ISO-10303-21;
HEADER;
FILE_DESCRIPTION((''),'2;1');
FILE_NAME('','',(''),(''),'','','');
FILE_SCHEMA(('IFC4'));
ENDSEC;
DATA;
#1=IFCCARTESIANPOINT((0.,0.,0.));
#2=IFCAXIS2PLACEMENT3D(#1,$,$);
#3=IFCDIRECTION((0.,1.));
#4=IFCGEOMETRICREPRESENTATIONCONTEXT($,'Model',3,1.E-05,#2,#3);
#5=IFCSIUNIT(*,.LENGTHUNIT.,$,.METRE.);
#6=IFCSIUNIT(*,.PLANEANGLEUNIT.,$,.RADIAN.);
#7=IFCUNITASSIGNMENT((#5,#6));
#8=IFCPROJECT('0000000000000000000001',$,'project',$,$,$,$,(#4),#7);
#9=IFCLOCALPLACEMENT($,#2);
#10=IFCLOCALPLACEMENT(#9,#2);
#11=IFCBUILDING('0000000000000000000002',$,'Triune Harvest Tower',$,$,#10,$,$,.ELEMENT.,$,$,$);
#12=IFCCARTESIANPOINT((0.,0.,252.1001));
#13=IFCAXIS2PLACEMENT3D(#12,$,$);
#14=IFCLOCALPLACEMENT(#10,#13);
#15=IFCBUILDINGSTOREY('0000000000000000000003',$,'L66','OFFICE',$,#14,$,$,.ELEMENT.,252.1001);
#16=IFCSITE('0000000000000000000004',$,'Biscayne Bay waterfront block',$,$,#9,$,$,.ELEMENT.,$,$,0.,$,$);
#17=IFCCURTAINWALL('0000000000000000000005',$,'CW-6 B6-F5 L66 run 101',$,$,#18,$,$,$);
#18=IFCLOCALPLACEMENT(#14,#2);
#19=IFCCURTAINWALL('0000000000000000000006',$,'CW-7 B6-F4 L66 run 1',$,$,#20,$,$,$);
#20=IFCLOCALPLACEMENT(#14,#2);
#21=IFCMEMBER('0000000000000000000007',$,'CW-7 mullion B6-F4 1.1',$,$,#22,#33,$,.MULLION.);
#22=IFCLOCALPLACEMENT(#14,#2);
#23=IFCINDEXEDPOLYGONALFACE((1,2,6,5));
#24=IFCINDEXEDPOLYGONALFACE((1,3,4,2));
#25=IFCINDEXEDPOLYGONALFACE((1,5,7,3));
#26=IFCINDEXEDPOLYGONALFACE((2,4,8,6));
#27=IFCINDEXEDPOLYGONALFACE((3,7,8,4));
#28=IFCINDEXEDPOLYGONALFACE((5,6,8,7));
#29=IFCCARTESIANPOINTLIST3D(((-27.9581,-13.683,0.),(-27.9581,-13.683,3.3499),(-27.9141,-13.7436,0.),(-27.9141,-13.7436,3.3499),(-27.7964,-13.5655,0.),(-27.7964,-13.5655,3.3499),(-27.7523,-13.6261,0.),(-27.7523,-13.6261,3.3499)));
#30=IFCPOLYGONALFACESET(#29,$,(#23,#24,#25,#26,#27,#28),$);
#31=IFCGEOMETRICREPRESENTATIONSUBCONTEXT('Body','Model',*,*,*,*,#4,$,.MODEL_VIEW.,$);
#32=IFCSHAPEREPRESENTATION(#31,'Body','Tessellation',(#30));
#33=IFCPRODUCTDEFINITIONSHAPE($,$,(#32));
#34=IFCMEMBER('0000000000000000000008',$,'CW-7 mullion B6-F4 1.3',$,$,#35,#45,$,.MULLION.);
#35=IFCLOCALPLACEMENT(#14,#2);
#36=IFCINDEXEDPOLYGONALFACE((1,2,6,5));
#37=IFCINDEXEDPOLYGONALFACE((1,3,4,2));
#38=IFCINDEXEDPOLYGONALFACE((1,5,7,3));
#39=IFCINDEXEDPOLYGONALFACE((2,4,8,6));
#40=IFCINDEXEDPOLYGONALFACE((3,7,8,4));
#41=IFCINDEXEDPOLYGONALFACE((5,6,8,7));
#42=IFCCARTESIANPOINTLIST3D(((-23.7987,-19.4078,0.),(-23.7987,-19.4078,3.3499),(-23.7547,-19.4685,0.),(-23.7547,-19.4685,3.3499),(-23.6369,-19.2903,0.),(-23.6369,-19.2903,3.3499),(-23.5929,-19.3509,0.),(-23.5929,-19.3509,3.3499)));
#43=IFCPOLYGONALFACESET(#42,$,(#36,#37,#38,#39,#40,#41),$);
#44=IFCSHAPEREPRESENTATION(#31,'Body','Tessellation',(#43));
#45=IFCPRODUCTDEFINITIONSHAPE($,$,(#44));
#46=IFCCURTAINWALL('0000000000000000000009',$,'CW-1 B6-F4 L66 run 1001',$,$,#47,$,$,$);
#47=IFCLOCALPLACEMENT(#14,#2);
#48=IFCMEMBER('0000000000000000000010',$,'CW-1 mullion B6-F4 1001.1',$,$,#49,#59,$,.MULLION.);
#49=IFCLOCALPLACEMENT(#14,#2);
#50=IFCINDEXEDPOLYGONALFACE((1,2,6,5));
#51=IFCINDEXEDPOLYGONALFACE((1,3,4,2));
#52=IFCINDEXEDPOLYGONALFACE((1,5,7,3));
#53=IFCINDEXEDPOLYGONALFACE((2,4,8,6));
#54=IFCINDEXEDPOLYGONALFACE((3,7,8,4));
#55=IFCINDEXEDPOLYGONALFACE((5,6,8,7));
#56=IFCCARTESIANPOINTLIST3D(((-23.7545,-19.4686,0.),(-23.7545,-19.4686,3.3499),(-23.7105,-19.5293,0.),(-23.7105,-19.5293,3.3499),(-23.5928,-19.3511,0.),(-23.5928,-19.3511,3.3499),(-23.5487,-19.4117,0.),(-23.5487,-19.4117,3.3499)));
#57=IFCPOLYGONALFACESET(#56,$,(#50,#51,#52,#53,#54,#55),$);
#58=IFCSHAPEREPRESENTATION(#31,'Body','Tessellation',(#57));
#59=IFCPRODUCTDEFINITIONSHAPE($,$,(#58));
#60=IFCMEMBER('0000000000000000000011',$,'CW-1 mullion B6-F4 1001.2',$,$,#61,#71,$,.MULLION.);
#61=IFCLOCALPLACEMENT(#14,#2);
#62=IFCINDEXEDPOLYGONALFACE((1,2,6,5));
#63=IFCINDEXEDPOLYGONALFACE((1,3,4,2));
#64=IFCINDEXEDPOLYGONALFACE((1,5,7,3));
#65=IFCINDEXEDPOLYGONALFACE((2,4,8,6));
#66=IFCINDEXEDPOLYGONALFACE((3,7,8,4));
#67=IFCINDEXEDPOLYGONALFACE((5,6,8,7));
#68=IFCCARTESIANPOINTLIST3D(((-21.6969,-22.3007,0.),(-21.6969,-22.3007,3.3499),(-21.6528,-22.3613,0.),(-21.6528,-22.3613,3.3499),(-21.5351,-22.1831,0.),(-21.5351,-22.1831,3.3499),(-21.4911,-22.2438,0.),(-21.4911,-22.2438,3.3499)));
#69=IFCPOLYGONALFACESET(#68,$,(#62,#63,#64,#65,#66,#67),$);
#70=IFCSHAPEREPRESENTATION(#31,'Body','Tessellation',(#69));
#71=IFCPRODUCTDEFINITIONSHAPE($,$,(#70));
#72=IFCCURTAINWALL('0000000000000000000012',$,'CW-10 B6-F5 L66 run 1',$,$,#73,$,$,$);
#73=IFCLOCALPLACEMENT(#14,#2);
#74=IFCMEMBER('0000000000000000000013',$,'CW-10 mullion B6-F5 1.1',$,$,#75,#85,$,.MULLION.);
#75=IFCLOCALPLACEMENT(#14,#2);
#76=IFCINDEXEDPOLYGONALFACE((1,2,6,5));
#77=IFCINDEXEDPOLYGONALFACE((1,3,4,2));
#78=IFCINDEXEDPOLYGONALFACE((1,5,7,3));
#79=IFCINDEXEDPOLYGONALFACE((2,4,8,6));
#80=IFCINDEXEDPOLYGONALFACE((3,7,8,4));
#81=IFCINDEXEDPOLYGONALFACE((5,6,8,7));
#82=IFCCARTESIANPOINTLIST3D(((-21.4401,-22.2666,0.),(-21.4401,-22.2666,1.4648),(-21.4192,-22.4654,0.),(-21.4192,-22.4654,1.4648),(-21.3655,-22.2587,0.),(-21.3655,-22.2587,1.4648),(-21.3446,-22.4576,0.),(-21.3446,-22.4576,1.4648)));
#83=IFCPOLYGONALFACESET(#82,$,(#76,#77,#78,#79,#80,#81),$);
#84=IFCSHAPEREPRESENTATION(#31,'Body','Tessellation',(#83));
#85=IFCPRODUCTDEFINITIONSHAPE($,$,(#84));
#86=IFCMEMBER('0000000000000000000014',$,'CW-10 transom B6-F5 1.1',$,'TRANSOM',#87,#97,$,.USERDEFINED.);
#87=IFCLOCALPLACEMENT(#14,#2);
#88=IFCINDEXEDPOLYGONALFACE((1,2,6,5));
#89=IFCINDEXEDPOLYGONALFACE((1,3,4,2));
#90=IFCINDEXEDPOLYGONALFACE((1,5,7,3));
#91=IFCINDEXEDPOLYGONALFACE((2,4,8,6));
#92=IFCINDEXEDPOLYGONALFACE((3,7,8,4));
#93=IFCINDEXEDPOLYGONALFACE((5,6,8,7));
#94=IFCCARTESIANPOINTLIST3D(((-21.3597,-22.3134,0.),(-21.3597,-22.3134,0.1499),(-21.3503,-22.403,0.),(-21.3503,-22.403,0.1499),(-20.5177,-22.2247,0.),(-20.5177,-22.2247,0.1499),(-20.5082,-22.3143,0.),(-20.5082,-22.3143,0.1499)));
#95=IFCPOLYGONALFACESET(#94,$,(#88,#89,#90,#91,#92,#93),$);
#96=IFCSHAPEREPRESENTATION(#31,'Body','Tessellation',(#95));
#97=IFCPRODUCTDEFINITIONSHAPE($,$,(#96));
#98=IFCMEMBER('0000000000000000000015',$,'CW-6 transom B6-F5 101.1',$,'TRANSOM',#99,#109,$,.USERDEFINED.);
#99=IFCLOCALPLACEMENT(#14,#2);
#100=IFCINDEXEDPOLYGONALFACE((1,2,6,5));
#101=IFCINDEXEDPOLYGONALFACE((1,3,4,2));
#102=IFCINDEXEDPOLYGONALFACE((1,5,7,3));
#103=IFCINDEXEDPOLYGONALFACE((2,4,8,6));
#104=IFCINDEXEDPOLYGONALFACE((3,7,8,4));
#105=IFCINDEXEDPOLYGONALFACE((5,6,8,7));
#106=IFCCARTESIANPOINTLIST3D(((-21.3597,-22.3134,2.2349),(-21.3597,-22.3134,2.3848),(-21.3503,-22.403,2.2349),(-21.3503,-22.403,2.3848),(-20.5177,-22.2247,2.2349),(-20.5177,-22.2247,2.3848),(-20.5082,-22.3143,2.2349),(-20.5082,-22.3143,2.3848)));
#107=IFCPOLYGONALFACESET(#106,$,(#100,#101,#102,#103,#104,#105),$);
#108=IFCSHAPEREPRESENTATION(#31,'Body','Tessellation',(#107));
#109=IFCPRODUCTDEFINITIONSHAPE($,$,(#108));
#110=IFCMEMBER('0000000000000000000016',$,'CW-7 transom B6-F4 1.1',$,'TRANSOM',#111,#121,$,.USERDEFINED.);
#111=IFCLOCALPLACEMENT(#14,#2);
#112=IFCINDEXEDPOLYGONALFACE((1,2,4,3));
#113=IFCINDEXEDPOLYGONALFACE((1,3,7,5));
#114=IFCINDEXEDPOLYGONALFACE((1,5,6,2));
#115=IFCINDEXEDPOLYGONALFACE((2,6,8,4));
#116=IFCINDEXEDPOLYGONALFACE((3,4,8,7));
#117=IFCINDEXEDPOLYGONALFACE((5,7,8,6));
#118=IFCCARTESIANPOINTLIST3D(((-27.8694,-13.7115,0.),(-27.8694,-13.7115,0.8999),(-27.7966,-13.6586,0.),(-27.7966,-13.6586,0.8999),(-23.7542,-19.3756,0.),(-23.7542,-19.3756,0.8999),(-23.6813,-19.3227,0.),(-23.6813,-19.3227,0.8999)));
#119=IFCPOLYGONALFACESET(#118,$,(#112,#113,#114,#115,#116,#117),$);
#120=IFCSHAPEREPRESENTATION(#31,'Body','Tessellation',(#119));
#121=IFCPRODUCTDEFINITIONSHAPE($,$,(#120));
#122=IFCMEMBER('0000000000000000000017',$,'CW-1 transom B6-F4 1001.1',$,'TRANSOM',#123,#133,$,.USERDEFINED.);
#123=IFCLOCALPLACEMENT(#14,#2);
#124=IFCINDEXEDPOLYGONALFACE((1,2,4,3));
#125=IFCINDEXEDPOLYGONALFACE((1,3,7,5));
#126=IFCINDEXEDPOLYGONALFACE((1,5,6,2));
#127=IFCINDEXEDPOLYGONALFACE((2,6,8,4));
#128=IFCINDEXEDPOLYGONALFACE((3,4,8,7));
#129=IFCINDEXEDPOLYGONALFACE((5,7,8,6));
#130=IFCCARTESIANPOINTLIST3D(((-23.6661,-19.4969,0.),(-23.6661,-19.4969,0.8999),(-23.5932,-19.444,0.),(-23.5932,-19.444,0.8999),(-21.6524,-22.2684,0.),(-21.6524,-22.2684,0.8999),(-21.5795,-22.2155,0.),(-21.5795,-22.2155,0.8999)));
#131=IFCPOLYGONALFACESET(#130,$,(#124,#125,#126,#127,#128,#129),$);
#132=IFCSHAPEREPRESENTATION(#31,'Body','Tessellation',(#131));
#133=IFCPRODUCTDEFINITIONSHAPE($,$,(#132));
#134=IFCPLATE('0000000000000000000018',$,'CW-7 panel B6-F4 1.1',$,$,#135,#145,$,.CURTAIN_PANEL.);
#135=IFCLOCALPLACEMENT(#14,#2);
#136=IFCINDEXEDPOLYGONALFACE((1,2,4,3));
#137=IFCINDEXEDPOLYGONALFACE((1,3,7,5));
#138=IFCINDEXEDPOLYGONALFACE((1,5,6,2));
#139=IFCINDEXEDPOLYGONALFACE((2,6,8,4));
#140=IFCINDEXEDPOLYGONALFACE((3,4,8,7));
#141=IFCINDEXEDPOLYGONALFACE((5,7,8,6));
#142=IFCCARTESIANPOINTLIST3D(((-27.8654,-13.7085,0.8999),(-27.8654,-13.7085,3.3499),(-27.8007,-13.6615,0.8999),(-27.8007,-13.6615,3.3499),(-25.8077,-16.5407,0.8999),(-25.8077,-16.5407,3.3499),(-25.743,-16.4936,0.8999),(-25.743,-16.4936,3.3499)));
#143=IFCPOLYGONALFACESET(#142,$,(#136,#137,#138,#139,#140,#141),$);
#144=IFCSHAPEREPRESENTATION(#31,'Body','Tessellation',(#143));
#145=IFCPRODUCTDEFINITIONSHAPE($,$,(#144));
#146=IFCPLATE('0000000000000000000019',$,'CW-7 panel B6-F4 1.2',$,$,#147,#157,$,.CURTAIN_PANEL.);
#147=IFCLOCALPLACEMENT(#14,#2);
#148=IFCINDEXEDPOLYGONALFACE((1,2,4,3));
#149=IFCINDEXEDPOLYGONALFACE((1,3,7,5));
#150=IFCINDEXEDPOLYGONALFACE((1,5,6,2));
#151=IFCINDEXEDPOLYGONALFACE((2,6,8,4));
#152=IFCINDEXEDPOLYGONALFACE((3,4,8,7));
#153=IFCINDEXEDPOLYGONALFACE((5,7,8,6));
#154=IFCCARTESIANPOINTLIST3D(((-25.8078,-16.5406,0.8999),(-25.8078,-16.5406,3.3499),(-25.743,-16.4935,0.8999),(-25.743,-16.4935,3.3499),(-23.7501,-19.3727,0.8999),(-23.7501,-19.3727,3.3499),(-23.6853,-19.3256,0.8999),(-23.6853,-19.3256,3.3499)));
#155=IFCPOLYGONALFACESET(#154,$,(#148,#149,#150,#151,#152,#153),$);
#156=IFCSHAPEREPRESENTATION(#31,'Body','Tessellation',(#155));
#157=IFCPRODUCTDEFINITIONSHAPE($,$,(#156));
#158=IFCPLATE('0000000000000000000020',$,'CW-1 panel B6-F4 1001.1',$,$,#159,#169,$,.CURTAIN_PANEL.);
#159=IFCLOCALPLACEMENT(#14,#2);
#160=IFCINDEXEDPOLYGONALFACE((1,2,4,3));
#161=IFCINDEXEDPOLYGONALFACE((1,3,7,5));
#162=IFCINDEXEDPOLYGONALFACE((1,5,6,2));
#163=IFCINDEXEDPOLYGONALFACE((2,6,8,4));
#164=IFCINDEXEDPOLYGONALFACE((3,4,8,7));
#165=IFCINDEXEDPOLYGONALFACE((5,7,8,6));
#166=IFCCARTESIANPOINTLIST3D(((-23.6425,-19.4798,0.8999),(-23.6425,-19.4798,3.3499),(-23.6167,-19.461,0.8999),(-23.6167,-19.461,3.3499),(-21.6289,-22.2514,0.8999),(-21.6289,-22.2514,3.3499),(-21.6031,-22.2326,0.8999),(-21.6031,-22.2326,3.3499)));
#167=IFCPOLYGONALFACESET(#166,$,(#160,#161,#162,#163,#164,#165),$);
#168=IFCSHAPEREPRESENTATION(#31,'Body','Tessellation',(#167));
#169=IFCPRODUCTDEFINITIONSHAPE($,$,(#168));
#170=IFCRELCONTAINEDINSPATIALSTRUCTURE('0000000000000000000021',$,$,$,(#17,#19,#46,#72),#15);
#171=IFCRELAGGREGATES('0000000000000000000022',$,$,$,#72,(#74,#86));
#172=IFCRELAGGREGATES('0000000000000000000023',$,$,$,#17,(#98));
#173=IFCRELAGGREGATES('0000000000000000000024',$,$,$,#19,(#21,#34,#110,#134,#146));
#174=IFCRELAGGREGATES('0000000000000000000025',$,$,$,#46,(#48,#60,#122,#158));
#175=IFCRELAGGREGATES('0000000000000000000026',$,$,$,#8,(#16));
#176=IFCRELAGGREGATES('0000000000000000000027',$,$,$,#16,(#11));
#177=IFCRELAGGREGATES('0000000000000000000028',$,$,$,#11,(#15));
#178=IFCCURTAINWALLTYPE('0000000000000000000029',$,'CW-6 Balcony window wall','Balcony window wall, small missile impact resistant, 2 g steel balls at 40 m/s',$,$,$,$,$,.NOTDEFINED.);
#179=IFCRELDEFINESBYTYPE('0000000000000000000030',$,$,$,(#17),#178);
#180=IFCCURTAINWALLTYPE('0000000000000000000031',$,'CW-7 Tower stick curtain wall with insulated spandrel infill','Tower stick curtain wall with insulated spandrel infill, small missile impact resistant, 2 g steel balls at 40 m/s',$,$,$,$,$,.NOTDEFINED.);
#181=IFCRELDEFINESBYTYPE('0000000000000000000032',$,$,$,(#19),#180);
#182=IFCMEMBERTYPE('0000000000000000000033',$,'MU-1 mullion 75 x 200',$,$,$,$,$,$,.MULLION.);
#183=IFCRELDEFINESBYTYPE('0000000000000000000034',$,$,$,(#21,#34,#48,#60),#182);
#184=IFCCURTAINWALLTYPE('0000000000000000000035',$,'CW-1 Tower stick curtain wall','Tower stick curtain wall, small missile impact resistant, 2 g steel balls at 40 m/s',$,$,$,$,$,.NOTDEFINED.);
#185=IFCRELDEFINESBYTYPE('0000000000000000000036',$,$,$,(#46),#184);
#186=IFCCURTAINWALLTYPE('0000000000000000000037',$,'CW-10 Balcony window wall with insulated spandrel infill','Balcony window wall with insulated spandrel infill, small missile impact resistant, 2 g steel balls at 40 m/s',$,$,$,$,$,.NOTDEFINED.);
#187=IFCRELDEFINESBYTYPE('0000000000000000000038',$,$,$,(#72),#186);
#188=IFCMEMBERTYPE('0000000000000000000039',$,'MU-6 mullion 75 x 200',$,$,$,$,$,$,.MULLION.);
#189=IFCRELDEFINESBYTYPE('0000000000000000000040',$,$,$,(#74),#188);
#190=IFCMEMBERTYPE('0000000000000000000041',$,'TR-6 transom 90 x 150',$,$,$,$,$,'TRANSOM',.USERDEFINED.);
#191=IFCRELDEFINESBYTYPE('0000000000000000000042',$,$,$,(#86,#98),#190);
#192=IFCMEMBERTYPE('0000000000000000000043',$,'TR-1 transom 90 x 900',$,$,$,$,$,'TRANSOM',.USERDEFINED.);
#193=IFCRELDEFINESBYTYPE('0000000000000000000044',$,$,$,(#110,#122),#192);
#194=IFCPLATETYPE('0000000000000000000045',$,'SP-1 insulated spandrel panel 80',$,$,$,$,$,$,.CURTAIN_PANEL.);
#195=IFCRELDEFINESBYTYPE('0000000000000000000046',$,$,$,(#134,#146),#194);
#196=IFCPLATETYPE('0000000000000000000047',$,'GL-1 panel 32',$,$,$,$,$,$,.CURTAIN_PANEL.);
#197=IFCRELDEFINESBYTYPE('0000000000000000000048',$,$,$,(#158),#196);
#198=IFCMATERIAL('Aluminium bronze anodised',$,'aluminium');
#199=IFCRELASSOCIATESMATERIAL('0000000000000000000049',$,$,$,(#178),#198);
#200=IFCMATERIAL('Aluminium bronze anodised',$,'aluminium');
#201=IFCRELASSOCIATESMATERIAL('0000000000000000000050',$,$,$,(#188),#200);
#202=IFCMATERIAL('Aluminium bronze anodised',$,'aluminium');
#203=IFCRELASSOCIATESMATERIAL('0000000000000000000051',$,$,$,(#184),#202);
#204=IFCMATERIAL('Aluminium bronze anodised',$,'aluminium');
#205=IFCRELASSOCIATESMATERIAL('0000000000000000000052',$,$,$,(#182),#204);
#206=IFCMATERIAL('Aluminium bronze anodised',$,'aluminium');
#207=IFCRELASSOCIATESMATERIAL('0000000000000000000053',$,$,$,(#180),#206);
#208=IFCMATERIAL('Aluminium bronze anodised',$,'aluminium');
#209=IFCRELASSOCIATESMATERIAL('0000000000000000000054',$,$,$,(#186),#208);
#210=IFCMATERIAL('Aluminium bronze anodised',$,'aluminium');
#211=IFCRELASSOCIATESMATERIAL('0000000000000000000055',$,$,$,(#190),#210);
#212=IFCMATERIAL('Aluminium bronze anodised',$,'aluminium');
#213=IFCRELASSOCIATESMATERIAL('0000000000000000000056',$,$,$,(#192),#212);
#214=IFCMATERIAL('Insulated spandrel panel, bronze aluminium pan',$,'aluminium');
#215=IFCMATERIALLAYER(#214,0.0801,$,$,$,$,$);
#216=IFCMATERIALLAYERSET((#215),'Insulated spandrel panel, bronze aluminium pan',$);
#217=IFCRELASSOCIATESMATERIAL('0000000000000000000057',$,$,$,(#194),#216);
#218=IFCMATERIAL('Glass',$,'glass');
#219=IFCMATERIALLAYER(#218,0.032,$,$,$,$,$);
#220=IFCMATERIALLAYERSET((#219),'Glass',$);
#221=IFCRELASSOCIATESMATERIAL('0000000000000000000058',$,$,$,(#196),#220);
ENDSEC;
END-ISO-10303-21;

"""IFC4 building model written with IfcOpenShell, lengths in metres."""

from ifc_helpers import new_model, si_unit, direction, frame, origin, origin_2d, place, context, subcontext, project, spatial, rectangle, extrude, source, transform, mapped, material, layer, layer_set, material_profile, profile_set, type_object, element, aggregate, save


model = new_model("IFC4")

# Units and contexts
model_context = context("Model", 3, precision=1e-05, world=origin(), true_north=direction((0.0, 1.0)))
body_context = subcontext(model_context, "Body", "Model", "MODEL_VIEW")
ifc_project = project(units=[si_unit("LENGTHUNIT", "METRE"), si_unit("PLANEANGLEUNIT", "RADIAN")], contexts=[model_context])

# Site, building, storey
site_placement = place(None, origin())
site = spatial("IfcSite", under=ifc_project, at=site_placement, Name="Biscayne Bay waterfront block", CompositionType="ELEMENT", RefElevation=0.0)
building_placement = place(site_placement, origin())
building = spatial("IfcBuilding", under=site, at=building_placement, Name="Triune Harvest Tower", CompositionType="ELEMENT")
storey_placement = place(building_placement, frame((0.0, 0.0, 252.1001)))
storey = spatial("IfcBuildingStorey", under=building, at=storey_placement, Name="L66", Description="OFFICE", CompositionType="ELEMENT", Elevation=252.1001)

# Curtain wall
ifc_material_1 = material(Name="Aluminium bronze anodised", Category="aluminium")
curtain_wall_type_1 = type_object("IfcCurtainWallType", Name="CW-6 Balcony window wall", Description="Balcony window wall, small missile impact resistant, 2 g steel balls at 40 m/s", PredefinedType="NOTDEFINED", material=ifc_material_1)
curtain_wall_1_placement = place(storey_placement, origin())
curtain_wall_1 = element("IfcCurtainWall", 1, at=curtain_wall_1_placement, inside=storey, type_object=curtain_wall_type_1, Name="CW-6 B6-F5 L66 run 101")
ifc_material_2 = material(Name="Aluminium bronze anodised", Category="aluminium")
ifc_material_profile_1 = material_profile(ifc_material_2, rectangle(XDim=0.2, YDim=0.075, at=origin_2d()), Name="MU-6 mullion 75 x 200")
ifc_profile_set_1 = profile_set([ifc_material_profile_1], Name="Aluminium bronze anodised")
member_type_1 = type_object("IfcMemberType", Name="MU-6 mullion 75 x 200", PredefinedType="MULLION", material=ifc_profile_set_1)
ifc_material_3 = material(Name="Aluminium bronze anodised", Category="aluminium")
curtain_wall_type_2 = type_object("IfcCurtainWallType", Name="CW-1 Tower stick curtain wall", Description="Tower stick curtain wall, small missile impact resistant, 2 g steel balls at 40 m/s", PredefinedType="NOTDEFINED", material=ifc_material_3)
ifc_material_4 = material(Name="Aluminium bronze anodised", Category="aluminium")
ifc_material_profile_2 = material_profile(ifc_material_4, rectangle(XDim=0.2, YDim=0.075, at=origin_2d()), Name="MU-1 mullion 75 x 200")
ifc_profile_set_2 = profile_set([ifc_material_profile_2], Name="Aluminium bronze anodised")
member_type_2 = type_object("IfcMemberType", Name="MU-1 mullion 75 x 200", PredefinedType="MULLION", material=ifc_profile_set_2)
ifc_material_5 = material(Name="Aluminium bronze anodised", Category="aluminium")
curtain_wall_type_3 = type_object("IfcCurtainWallType", Name="CW-7 Tower stick curtain wall with insulated spandrel infill", Description="Tower stick curtain wall with insulated spandrel infill, small missile impact resistant, 2 g steel balls at 40 m/s", PredefinedType="NOTDEFINED", material=ifc_material_5)

# Curtain walls, members
curtain_wall_2_placement = place(storey_placement, origin())
curtain_wall_2 = element("IfcCurtainWall", 2, at=curtain_wall_2_placement, inside=storey, type_object=curtain_wall_type_3, Name="CW-7 B6-F4 L66 run 1")
shared_shape_1 = source(origin(), body_context, "Body", "SweptSolid", [
    extrude(rectangle(XDim=0.2, YDim=0.075, at=origin_2d()), origin(), (0.0, 0.0, 1.0), 3.3499),
])
member_1_placement = place(storey_placement, frame((-27.8552, -13.6545, 0.0), z_axis=(0.0, 0.0, 1.0), x_axis=(0.809011, 0.587794, 0.0)))
member_1 = element("IfcMember", 3, at=member_1_placement, type_object=member_type_2, Name="CW-7 mullion B6-F4 1.1", PredefinedType="MULLION", context=body_context, shape_type="MappedRepresentation", body=[
    mapped(shared_shape_1, transform((0.0, 0.0, 0.0), scale=1.0)),
])
member_2_placement = place(storey_placement, frame((-23.6958, -19.3794, 0.0), z_axis=(0.0, 0.0, 1.0), x_axis=(0.809011, 0.587794, 0.0)))
member_2 = element("IfcMember", 4, at=member_2_placement, type_object=member_type_2, Name="CW-7 mullion B6-F4 1.3", PredefinedType="MULLION", context=body_context, shape_type="MappedRepresentation", body=[
    mapped(shared_shape_1, transform((0.0, 0.0, 0.0), scale=1.0)),
])
curtain_wall_3_placement = place(storey_placement, origin())
curtain_wall_3 = element("IfcCurtainWall", 5, at=curtain_wall_3_placement, inside=storey, type_object=curtain_wall_type_2, Name="CW-1 B6-F4 L66 run 1001")
member_3_placement = place(storey_placement, frame((-23.6516, -19.4402, 0.0), z_axis=(0.0, 0.0, 1.0), x_axis=(0.809022, 0.587779, 0.0)))
member_3 = element("IfcMember", 6, at=member_3_placement, type_object=member_type_2, Name="CW-1 mullion B6-F4 1001.1", PredefinedType="MULLION", context=body_context, shape_type="MappedRepresentation", body=[
    mapped(shared_shape_1, transform((0.0, 0.0, 0.0), scale=1.0)),
])
member_4_placement = place(storey_placement, frame((-21.594, -22.2722, 0.0), z_axis=(0.0, 0.0, 1.0), x_axis=(0.809022, 0.587779, 0.0)))
member_4 = element("IfcMember", 7, at=member_4_placement, type_object=member_type_2, Name="CW-1 mullion B6-F4 1001.2", PredefinedType="MULLION", context=body_context, shape_type="MappedRepresentation", body=[
    mapped(shared_shape_1, transform((0.0, 0.0, 0.0), scale=1.0)),
])
ifc_material_6 = material(Name="Aluminium bronze anodised", Category="aluminium")
curtain_wall_type_4 = type_object("IfcCurtainWallType", Name="CW-10 Balcony window wall with insulated spandrel infill", Description="Balcony window wall with insulated spandrel infill, small missile impact resistant, 2 g steel balls at 40 m/s", PredefinedType="NOTDEFINED", material=ifc_material_6)
curtain_wall_4_placement = place(storey_placement, origin())
curtain_wall_4 = element("IfcCurtainWall", 8, at=curtain_wall_4_placement, inside=storey, type_object=curtain_wall_type_4, Name="CW-10 B6-F5 L66 run 1")
shared_shape_2 = source(origin(), body_context, "Body", "SweptSolid", [
    extrude(rectangle(XDim=0.2, YDim=0.075, at=origin_2d()), origin(), (0.0, 0.0, 1.0), 1.4648),
])
member_5_placement = place(storey_placement, frame((-21.3923, -22.3621, 0.0), z_axis=(0.0, 0.0, 1.0), x_axis=(-0.104539, 0.994521, 0.0)))
member_5 = element("IfcMember", 9, at=member_5_placement, type_object=member_type_1, Name="CW-10 mullion B6-F5 1.1", PredefinedType="MULLION", context=body_context, shape_type="MappedRepresentation", body=[
    mapped(shared_shape_2, transform((0.0, 0.0, 0.0), scale=1.0)),
])
ifc_material_7 = material(Name="Aluminium bronze anodised", Category="aluminium")
ifc_material_profile_3 = material_profile(ifc_material_7, rectangle(XDim=0.0901, YDim=0.1499, at=origin_2d()), Name="TR-6 transom 90 x 150")
ifc_profile_set_3 = profile_set([ifc_material_profile_3], Name="Aluminium bronze anodised")
member_type_3 = type_object("IfcMemberType", Name="TR-6 transom 90 x 150", ElementType="TRANSOM", PredefinedType="USERDEFINED", material=ifc_profile_set_3)
shared_shape_3 = source(origin(), body_context, "Body", "SweptSolid", [
    extrude(rectangle(XDim=0.0901, YDim=0.1499, at=origin_2d()), origin(), (0.0, 0.0, 1.0), 0.8467),
])
member_6_placement = place(storey_placement, frame((-21.355, -22.3582, 0.075), z_axis=(0.994507, 0.10467, 0.0), x_axis=(-0.10467, 0.994507, 0.0)))
member_6 = element("IfcMember", 10, at=member_6_placement, type_object=member_type_3, Name="CW-10 transom B6-F5 1.1", ObjectType="TRANSOM", PredefinedType="USERDEFINED", context=body_context, shape_type="MappedRepresentation", body=[
    mapped(shared_shape_3, transform((0.0, 0.0, 0.0), scale=1.0)),
])
aggregate(curtain_wall_4, [member_5, member_6])

# Members
member_7_placement = place(storey_placement, frame((-21.355, -22.3582, 2.3098), z_axis=(0.994507, 0.10467, 0.0), x_axis=(-0.10467, 0.994507, 0.0)))
member_7 = element("IfcMember", 11, at=member_7_placement, type_object=member_type_3, Name="CW-6 transom B6-F5 101.1", ObjectType="TRANSOM", PredefinedType="USERDEFINED", context=body_context, shape_type="MappedRepresentation", body=[
    mapped(shared_shape_3, transform((0.0, 0.0, 0.0), scale=1.0)),
])
aggregate(curtain_wall_1, [member_7])
ifc_material_8 = material(Name="Aluminium bronze anodised", Category="aluminium")
ifc_material_profile_4 = material_profile(ifc_material_8, rectangle(XDim=0.0901, YDim=0.8999, at=origin_2d()), Name="TR-1 transom 90 x 900")
ifc_profile_set_4 = profile_set([ifc_material_profile_4], Name="Aluminium bronze anodised")
member_type_4 = type_object("IfcMemberType", Name="TR-1 transom 90 x 900", ElementType="TRANSOM", PredefinedType="USERDEFINED", material=ifc_profile_set_4)
shared_shape_4 = source(origin(), body_context, "Body", "SweptSolid", [
    extrude(rectangle(XDim=0.0901, YDim=0.8999, at=origin_2d()), origin(), (0.0, 0.0, 1.0), 7.0012),
])
member_8_placement = place(storey_placement, frame((-27.833, -13.6851, 0.45), z_axis=(0.58779, -0.809013, 0.0), x_axis=(0.809013, 0.58779, 0.0)))
member_8 = element("IfcMember", 12, at=member_8_placement, type_object=member_type_4, Name="CW-7 transom B6-F4 1.1", ObjectType="TRANSOM", PredefinedType="USERDEFINED", context=body_context, shape_type="MappedRepresentation", body=[
    mapped(shared_shape_4, transform((0.0, 0.0, 0.0), scale=1.0)),
])
shared_shape_5 = source(origin(), body_context, "Body", "SweptSolid", [
    extrude(rectangle(XDim=0.0901, YDim=0.8999, at=origin_2d()), origin(), (0.0, 0.0, 1.0), 3.4258),
])
member_9_placement = place(storey_placement, frame((-23.6296, -19.4705, 0.45), z_axis=(0.587799, -0.809007, 0.0), x_axis=(0.809007, 0.587799, 0.0)))
member_9 = element("IfcMember", 13, at=member_9_placement, type_object=member_type_4, Name="CW-1 transom B6-F4 1001.1", ObjectType="TRANSOM", PredefinedType="USERDEFINED", context=body_context, shape_type="MappedRepresentation", body=[
    mapped(shared_shape_5, transform((0.0, 0.0, 0.0), scale=1.0)),
])

# Plates
ifc_material_9 = material(Name="Insulated spandrel panel, bronze aluminium pan", Category="aluminium")
ifc_layer_1 = layer(ifc_material_9, 0.0801)
ifc_layer_set_1 = layer_set([ifc_layer_1], Name="Insulated spandrel panel, bronze aluminium pan")
plate_type_1 = type_object("IfcPlateType", Name="SP-1 insulated spandrel panel 80", PredefinedType="CURTAIN_PANEL", material=ifc_layer_set_1)
shared_shape_6 = source(origin(), body_context, "Body", "SweptSolid", [
    extrude(rectangle(XDim=3.5007, YDim=0.0801, at=origin_2d()), origin(), (0.0, 0.0, 1.0), 2.45),
])
plate_1_placement = place(storey_placement, frame((-26.8042, -15.1011, 0.8999), z_axis=(0.0, 0.0, 1.0), x_axis=(0.587794, -0.809011, 0.0)))
plate_1 = element("IfcPlate", 14, at=plate_1_placement, type_object=plate_type_1, Name="CW-7 panel B6-F4 1.1", PredefinedType="CURTAIN_PANEL", context=body_context, shape_type="MappedRepresentation", body=[
    mapped(shared_shape_6, transform((0.0, 0.0, 0.0), scale=1.0)),
])
plate_2_placement = place(storey_placement, frame((-24.7466, -17.9331, 0.8999), z_axis=(0.0, 0.0, 1.0), x_axis=(0.587794, -0.809011, 0.0)))
plate_2 = element("IfcPlate", 15, at=plate_2_placement, type_object=plate_type_1, Name="CW-7 panel B6-F4 1.2", PredefinedType="CURTAIN_PANEL", context=body_context, shape_type="MappedRepresentation", body=[
    mapped(shared_shape_6, transform((0.0, 0.0, 0.0), scale=1.0)),
])
aggregate(curtain_wall_2, [member_1, member_2, member_8, plate_1, plate_2])
ifc_material_10 = material(Name="Glass", Category="glass")
ifc_layer_2 = layer(ifc_material_10, 0.032)
ifc_layer_set_2 = layer_set([ifc_layer_2], Name="Glass")
plate_type_2 = type_object("IfcPlateType", Name="GL-1 panel 32", PredefinedType="CURTAIN_PANEL", material=ifc_layer_set_2)
shared_shape_7 = source(origin(), body_context, "Body", "SweptSolid", [
    extrude(rectangle(XDim=3.4258, YDim=0.032, at=origin_2d()), origin(), (0.0, 0.0, 1.0), 2.45),
])
plate_3_placement = place(storey_placement, frame((-22.6228, -20.8562, 0.8999), z_axis=(0.0, 0.0, 1.0), x_axis=(0.587779, -0.809022, 0.0)))
plate_3 = element("IfcPlate", 16, at=plate_3_placement, type_object=plate_type_2, Name="CW-1 panel B6-F4 1001.1", PredefinedType="CURTAIN_PANEL", context=body_context, shape_type="MappedRepresentation", body=[
    mapped(shared_shape_7, transform((0.0, 0.0, 0.0), scale=1.0)),
])
aggregate(curtain_wall_3, [member_3, member_4, member_9, plate_3])

save(model, "model.ifc")
